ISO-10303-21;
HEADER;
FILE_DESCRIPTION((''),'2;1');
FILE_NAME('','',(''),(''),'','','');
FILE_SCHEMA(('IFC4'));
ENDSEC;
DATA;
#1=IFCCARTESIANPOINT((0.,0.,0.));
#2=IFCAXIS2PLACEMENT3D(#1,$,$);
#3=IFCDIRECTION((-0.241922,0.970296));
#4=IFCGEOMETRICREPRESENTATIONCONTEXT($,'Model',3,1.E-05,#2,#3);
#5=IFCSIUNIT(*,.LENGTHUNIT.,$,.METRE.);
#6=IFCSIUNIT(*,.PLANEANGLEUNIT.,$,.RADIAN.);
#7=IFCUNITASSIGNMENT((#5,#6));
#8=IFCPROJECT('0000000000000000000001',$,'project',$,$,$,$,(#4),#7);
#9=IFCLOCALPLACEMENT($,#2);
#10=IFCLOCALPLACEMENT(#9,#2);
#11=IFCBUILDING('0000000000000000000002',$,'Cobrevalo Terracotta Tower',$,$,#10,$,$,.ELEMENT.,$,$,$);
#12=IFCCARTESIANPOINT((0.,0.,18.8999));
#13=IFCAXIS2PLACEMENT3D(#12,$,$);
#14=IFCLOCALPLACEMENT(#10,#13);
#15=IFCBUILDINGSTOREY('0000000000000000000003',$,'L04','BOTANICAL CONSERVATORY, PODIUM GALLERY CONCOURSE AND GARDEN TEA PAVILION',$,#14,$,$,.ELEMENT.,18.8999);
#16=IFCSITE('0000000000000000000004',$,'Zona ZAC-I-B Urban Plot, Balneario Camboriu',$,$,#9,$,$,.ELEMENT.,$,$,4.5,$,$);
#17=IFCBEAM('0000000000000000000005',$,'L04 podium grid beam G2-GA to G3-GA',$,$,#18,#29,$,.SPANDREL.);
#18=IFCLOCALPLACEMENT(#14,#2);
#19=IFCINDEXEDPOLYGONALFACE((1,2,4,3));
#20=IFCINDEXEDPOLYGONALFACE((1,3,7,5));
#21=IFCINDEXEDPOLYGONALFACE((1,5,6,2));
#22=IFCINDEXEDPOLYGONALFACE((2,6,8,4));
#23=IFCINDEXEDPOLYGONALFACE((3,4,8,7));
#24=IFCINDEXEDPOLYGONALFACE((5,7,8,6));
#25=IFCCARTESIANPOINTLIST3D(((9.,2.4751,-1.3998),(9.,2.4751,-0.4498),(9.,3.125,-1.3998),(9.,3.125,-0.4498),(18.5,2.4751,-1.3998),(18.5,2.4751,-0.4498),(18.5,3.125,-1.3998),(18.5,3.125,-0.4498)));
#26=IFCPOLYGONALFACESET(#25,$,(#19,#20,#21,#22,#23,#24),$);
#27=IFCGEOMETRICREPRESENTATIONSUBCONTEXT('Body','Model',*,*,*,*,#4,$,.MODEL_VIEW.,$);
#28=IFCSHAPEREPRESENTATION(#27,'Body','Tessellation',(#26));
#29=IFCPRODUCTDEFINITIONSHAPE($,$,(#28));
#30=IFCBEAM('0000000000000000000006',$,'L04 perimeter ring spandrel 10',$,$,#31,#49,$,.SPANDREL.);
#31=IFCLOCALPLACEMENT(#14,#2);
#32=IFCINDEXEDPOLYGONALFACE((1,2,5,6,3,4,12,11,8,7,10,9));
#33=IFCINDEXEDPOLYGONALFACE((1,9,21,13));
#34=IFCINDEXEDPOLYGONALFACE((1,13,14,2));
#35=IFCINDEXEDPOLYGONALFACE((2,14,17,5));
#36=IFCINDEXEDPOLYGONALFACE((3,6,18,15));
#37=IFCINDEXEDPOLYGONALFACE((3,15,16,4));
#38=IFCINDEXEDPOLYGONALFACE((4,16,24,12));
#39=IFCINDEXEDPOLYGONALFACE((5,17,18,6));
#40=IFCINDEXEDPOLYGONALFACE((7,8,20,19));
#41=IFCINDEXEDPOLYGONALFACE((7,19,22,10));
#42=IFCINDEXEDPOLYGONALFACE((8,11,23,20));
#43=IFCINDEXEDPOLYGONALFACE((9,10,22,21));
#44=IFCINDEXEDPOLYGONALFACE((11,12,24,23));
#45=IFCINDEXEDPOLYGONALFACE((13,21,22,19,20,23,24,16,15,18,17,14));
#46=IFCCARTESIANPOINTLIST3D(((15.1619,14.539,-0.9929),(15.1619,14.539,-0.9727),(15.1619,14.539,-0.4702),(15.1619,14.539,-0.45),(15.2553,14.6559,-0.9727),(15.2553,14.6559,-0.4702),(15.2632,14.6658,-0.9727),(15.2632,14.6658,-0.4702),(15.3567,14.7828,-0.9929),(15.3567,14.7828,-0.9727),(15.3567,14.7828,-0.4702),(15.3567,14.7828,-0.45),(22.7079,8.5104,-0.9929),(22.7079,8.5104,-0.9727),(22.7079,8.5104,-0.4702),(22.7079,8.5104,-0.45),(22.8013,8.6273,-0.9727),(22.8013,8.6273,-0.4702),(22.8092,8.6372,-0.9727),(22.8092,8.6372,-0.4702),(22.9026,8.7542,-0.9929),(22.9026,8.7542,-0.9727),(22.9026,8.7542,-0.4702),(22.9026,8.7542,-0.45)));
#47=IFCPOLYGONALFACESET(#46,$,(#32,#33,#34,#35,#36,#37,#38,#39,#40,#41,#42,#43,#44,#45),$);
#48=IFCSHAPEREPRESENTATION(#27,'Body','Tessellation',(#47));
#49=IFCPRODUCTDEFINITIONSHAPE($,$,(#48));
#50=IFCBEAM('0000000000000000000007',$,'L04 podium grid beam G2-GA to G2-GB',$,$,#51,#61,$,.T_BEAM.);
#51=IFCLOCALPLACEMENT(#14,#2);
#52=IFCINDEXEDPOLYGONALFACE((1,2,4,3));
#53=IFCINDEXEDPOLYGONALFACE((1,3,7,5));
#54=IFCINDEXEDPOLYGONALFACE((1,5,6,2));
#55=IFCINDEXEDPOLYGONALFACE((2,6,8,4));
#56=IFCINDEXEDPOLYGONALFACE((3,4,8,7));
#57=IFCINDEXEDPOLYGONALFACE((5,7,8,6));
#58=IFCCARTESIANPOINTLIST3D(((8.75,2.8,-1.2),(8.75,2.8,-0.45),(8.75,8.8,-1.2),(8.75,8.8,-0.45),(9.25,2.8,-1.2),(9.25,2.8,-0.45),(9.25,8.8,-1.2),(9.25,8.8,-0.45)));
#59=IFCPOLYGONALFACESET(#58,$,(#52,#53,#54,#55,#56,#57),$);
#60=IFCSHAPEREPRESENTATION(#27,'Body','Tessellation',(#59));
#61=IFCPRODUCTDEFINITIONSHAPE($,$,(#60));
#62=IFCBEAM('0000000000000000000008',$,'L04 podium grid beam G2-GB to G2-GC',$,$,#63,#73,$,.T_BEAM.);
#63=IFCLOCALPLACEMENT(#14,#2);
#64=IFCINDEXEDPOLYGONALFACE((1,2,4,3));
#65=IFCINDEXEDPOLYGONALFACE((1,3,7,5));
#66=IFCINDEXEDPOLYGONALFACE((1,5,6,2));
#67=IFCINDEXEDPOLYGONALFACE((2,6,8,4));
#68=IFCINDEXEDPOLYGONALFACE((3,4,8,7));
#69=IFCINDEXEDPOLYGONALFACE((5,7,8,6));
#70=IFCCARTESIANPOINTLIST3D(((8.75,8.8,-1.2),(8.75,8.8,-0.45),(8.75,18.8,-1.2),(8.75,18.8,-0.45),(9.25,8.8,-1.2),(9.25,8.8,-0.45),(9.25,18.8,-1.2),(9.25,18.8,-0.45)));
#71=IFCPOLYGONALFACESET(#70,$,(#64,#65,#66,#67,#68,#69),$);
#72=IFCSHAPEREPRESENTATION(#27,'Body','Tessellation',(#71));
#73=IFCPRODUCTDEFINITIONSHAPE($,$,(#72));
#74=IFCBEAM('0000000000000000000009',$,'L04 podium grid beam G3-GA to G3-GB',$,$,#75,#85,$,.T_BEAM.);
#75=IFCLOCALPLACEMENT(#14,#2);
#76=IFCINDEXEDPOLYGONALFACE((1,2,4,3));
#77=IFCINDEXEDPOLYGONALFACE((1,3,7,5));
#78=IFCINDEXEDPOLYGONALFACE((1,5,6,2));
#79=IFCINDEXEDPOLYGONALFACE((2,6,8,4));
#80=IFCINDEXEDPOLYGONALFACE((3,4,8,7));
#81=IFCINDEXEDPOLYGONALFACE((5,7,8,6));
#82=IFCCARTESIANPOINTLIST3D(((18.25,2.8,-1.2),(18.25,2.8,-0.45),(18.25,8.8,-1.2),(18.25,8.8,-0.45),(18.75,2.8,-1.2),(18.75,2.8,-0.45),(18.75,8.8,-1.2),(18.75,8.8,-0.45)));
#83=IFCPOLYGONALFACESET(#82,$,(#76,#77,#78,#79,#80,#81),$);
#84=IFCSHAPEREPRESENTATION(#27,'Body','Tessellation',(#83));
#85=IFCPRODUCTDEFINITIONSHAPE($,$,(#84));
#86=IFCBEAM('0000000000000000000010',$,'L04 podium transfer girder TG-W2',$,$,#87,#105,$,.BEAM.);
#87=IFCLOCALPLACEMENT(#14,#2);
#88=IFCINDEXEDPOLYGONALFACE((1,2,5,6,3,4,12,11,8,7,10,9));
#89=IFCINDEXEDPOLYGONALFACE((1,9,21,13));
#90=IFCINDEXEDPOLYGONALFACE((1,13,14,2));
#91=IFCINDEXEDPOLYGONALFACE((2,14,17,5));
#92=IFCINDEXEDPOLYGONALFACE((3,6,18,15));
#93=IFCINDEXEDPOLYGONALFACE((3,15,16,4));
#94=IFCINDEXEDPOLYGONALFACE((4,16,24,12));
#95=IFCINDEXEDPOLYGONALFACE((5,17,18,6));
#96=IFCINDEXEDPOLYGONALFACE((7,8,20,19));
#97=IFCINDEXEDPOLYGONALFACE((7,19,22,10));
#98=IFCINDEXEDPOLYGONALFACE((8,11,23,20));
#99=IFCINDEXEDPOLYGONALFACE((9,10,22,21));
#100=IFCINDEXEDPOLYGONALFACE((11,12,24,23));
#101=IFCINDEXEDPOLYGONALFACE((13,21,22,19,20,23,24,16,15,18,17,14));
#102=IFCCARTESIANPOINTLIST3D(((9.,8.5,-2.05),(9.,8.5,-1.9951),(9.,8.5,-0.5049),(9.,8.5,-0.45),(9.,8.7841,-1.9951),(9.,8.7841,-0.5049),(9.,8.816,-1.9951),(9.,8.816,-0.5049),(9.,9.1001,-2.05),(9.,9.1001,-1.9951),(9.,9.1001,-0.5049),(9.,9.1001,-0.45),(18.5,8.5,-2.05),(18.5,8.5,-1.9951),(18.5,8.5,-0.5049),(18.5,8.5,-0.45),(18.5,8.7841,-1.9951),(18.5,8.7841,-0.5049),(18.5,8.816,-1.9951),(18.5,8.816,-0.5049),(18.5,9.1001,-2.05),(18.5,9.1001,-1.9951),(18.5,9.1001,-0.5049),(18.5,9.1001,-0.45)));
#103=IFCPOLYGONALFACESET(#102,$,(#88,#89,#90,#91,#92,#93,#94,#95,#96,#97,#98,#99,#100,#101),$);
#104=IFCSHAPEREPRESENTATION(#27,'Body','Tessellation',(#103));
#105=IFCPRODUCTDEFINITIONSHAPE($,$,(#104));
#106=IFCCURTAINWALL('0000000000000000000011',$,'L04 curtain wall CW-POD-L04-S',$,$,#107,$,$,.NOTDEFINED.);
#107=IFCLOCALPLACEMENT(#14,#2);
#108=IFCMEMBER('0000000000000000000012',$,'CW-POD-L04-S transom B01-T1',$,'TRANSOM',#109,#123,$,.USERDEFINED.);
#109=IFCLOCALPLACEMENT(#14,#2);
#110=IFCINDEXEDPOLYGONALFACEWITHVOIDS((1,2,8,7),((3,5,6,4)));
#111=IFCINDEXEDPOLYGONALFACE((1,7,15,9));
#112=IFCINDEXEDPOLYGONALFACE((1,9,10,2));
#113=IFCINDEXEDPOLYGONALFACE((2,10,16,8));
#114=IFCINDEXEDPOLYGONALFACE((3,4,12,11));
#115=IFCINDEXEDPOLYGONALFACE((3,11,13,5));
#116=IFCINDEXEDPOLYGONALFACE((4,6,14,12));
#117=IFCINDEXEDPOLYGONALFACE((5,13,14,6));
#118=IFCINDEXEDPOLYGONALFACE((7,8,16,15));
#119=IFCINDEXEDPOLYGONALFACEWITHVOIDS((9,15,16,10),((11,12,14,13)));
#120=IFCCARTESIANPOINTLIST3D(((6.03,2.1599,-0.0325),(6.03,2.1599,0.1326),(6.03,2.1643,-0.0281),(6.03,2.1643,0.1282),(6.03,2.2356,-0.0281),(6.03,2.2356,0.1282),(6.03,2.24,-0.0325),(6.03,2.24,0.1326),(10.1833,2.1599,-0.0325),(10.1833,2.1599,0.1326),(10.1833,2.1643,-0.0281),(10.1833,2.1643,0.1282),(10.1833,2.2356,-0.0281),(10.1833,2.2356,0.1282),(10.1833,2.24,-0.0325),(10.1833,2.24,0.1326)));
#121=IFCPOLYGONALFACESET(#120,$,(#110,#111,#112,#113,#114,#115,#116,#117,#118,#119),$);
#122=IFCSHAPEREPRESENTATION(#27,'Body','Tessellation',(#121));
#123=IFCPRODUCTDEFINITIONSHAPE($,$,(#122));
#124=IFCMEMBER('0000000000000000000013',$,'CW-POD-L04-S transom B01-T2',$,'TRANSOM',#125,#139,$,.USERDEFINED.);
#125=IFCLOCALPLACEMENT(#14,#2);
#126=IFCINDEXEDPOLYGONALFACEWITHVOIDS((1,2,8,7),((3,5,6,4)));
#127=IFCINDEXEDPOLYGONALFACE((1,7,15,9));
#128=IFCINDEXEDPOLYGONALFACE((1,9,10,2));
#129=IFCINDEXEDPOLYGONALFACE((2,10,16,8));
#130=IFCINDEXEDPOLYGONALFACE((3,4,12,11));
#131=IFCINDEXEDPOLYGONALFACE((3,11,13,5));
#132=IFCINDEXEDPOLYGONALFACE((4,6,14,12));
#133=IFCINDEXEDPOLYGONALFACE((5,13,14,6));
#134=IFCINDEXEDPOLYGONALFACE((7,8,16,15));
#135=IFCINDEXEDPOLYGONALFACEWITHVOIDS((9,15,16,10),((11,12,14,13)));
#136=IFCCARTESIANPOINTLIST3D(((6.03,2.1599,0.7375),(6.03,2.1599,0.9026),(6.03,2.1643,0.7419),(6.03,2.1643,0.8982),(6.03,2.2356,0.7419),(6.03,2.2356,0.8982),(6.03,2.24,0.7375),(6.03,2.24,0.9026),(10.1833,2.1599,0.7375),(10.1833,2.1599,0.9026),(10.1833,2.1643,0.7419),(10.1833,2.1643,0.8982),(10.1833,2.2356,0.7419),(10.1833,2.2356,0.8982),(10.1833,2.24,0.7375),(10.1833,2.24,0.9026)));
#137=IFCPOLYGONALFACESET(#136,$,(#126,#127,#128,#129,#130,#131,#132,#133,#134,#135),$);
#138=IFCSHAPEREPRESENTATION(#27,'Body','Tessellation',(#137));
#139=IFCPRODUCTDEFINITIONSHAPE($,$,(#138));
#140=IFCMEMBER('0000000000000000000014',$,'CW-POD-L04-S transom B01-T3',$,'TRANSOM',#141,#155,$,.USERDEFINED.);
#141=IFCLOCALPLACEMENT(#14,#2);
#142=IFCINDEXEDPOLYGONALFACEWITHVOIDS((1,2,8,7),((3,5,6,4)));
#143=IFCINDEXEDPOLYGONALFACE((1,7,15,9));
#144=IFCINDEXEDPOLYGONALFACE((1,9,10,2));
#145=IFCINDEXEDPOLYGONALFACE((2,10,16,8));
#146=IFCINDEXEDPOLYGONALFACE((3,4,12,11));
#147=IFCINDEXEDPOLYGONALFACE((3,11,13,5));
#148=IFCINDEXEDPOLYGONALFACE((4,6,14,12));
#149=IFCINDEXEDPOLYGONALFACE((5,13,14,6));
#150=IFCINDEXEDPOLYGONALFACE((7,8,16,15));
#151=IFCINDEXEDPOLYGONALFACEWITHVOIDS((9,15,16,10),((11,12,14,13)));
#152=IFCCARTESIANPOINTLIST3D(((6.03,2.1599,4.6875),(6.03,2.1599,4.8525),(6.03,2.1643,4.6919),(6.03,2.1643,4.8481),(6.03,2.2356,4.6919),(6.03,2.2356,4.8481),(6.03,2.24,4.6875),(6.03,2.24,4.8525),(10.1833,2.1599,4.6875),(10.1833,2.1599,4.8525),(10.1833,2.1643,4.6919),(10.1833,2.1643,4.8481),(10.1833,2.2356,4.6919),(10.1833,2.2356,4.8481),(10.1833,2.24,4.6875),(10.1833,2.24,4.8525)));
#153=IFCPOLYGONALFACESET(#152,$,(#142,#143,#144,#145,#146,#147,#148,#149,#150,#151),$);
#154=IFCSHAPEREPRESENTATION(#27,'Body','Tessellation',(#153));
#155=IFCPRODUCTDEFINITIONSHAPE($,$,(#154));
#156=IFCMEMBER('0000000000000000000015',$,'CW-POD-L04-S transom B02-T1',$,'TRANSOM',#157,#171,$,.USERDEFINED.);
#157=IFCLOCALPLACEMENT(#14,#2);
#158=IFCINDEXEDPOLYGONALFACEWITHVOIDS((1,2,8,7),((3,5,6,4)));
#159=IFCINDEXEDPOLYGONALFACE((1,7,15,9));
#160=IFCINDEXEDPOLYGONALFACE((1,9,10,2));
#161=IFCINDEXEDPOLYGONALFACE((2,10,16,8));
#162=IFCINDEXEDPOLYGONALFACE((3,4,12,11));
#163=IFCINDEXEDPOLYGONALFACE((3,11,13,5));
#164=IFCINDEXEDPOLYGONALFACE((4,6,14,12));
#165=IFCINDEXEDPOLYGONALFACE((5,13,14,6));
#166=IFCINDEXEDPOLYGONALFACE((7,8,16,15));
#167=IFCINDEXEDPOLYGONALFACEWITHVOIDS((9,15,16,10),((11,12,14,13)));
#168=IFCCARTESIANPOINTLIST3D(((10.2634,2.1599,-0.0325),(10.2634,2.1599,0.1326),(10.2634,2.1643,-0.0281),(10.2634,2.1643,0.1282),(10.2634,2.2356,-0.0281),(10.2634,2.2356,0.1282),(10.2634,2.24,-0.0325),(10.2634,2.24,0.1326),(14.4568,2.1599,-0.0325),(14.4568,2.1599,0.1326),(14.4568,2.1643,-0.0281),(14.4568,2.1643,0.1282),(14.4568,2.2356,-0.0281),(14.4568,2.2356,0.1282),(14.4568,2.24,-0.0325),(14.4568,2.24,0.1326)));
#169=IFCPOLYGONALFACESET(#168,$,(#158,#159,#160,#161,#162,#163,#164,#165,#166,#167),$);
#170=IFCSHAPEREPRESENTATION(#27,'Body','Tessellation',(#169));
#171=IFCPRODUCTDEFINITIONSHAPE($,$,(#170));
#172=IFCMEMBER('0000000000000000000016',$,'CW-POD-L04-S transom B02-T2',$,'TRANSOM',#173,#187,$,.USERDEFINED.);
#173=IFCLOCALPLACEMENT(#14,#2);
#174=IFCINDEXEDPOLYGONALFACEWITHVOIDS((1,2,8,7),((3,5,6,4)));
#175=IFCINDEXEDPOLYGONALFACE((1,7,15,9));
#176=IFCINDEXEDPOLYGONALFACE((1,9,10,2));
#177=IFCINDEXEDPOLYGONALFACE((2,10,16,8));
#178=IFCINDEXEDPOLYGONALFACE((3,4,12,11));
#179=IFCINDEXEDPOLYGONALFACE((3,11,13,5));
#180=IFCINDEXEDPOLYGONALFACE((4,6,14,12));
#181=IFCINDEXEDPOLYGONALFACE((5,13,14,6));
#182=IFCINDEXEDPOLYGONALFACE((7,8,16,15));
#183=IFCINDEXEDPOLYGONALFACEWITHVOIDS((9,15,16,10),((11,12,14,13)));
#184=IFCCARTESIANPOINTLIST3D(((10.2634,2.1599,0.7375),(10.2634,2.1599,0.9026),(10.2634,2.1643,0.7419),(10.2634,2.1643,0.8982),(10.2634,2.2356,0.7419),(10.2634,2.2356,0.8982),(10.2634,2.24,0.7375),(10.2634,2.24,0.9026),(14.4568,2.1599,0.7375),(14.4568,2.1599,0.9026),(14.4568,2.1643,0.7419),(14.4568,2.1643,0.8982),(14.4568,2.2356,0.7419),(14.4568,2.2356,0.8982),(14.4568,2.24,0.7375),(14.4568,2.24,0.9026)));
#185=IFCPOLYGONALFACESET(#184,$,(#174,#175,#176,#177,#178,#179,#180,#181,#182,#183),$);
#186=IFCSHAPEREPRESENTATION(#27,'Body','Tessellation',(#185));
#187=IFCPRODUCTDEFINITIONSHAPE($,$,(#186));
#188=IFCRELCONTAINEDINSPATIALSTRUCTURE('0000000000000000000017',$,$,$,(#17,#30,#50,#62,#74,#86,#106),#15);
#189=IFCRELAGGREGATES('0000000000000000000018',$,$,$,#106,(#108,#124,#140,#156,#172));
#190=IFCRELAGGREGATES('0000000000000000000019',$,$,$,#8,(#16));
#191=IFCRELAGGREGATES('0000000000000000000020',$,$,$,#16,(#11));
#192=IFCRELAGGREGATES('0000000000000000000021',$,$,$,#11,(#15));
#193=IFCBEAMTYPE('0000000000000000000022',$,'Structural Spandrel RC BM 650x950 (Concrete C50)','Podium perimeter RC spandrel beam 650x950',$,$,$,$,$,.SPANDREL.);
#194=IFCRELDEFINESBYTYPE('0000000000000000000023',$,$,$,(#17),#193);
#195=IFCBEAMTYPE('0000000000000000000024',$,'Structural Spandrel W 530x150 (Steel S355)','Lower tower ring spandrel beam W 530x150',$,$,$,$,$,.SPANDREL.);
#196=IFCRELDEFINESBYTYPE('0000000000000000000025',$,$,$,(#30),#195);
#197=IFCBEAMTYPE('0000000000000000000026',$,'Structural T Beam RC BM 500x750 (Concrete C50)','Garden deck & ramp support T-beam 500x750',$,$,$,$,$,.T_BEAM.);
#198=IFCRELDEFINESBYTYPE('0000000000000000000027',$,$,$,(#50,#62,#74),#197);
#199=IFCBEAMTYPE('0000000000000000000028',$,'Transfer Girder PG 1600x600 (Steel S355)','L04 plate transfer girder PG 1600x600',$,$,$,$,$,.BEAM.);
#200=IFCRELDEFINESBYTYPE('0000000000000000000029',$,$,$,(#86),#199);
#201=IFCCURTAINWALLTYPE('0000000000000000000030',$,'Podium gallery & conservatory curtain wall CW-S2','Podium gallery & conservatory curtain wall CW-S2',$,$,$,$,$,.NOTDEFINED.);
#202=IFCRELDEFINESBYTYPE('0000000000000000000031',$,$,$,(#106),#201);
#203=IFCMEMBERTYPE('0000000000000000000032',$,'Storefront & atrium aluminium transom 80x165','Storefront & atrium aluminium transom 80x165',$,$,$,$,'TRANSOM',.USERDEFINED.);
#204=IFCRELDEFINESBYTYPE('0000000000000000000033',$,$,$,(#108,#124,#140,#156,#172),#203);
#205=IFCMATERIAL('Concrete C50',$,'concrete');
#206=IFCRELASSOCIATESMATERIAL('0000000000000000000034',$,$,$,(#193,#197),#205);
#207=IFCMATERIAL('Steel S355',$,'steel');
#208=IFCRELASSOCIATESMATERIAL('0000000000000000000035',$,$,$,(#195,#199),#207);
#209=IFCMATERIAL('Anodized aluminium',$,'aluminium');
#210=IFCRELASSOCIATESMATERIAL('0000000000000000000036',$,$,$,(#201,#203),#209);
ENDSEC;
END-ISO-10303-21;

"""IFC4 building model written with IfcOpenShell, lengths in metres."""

from ifc_helpers import new_model, si_unit, direction, frame, origin, origin_2d, place, context, subcontext, project, spatial, rectangle, hollow_rectangle, i_section, extrude, source, transform, mapped, material, material_profile, profile_set, type_object, element, aggregate, save


model = new_model("IFC4")

# Units and contexts
model_context = context("Model", 3, precision=1e-05, world=origin(), true_north=direction((-0.241922, 0.970296)))
body_context = subcontext(model_context, "Body", "Model", "MODEL_VIEW")
ifc_project = project(units=[si_unit("LENGTHUNIT", "METRE"), si_unit("PLANEANGLEUNIT", "RADIAN")], contexts=[model_context])

# Site, building, storey
site_placement = place(None, origin())
site = spatial("IfcSite", under=ifc_project, at=site_placement, Name="Zona ZAC-I-B Urban Plot, Balneario Camboriu", CompositionType="ELEMENT", RefElevation=4.5)
building_placement = place(site_placement, origin())
building = spatial("IfcBuilding", under=site, at=building_placement, Name="Cobrevalo Terracotta Tower", CompositionType="ELEMENT")
storey_placement = place(building_placement, frame((0.0, 0.0, 18.8999)))
storey = spatial("IfcBuildingStorey", under=building, at=storey_placement, Name="L04", Description="BOTANICAL CONSERVATORY, PODIUM GALLERY CONCOURSE AND GARDEN TEA PAVILION", CompositionType="ELEMENT", Elevation=18.8999)

# Shared definitions
ifc_material_1 = material(Name="Steel S355", Category="steel")
ifc_material_2 = material(Name="Concrete C50", Category="concrete")

# Beams
ifc_material_profile_1 = material_profile(ifc_material_2, rectangle(XDim=0.6499, YDim=0.95, at=origin_2d()), Name="RC BM 650x950")
ifc_profile_set_1 = profile_set([ifc_material_profile_1], Name="Concrete C50")
beam_type_1 = type_object("IfcBeamType", Name="Structural Spandrel RC BM 650x950 (Concrete C50)", Description="Podium perimeter RC spandrel beam 650x950", PredefinedType="SPANDREL", material=ifc_profile_set_1)
beam_1_placement = place(storey_placement, frame((9.0, 2.8, -0.9248), z_axis=(1.0, 0.0, 0.0), x_axis=(0.0, 1.0, 0.0)))
element("IfcBeam", 1, at=beam_1_placement, inside=storey, type_object=beam_type_1, Name="L04 podium grid beam G2-GA to G3-GA", PredefinedType="SPANDREL", context=body_context, shape_type="SweptSolid", body=[
    extrude(rectangle(XDim=0.6499, YDim=0.95, at=origin_2d()), origin(), (0.0, 0.0, 1.0), 9.5),
])
ifc_material_profile_2 = material_profile(ifc_material_1, i_section(OverallWidth=0.312, OverallDepth=0.543, WebThickness=0.0127, FlangeThickness=0.0203, at=origin_2d()), Name="W 530x150")
ifc_profile_set_2 = profile_set([ifc_material_profile_2], Name="Steel S355")
beam_type_2 = type_object("IfcBeamType", Name="Structural Spandrel W 530x150 (Steel S355)", Description="Lower tower ring spandrel beam W 530x150", PredefinedType="SPANDREL", material=ifc_profile_set_2)
beam_2_placement = place(storey_placement, frame((15.2593, 14.6609, -0.7214), z_axis=(0.78128, -0.62418, 0.0), x_axis=(0.62418, 0.78128, 0.0)))
element("IfcBeam", 2, at=beam_2_placement, inside=storey, type_object=beam_type_2, Name="L04 perimeter ring spandrel 10", PredefinedType="SPANDREL", context=body_context, shape_type="SweptSolid", body=[
    extrude(i_section(OverallWidth=0.312, OverallDepth=0.543, WebThickness=0.0127, FlangeThickness=0.0203, at=origin_2d()), origin(), (0.0, 0.0, 1.0), 9.6584),
])
ifc_material_profile_3 = material_profile(ifc_material_2, rectangle(XDim=0.5, YDim=0.75, at=origin_2d()), Name="RC BM 500x750")
ifc_profile_set_3 = profile_set([ifc_material_profile_3], Name="Concrete C50")
beam_type_3 = type_object("IfcBeamType", Name="Structural T Beam RC BM 500x750 (Concrete C50)", Description="Garden deck & ramp support T-beam 500x750", PredefinedType="T_BEAM", material=ifc_profile_set_3)
beam_3_placement = place(storey_placement, frame((9.0, 2.8, -0.825), z_axis=(0.0, 1.0, 0.0), x_axis=(-1.0, 0.0, 0.0)))
element("IfcBeam", 3, at=beam_3_placement, inside=storey, type_object=beam_type_3, Name="L04 podium grid beam G2-GA to G2-GB", PredefinedType="T_BEAM", context=body_context, shape_type="SweptSolid", body=[
    extrude(rectangle(XDim=0.5, YDim=0.75, at=origin_2d()), origin(), (0.0, 0.0, 1.0), 6.0),
])
beam_4_placement = place(storey_placement, frame((9.0, 8.8, -0.825), z_axis=(0.0, 1.0, 0.0), x_axis=(-1.0, 0.0, 0.0)))
element("IfcBeam", 4, at=beam_4_placement, inside=storey, type_object=beam_type_3, Name="L04 podium grid beam G2-GB to G2-GC", PredefinedType="T_BEAM", context=body_context, shape_type="SweptSolid", body=[
    extrude(rectangle(XDim=0.5, YDim=0.75, at=origin_2d()), origin(), (0.0, 0.0, 1.0), 10.0),
])
beam_5_placement = place(storey_placement, frame((18.5, 2.8, -0.825), z_axis=(0.0, 1.0, 0.0), x_axis=(-1.0, 0.0, 0.0)))
element("IfcBeam", 5, at=beam_5_placement, inside=storey, type_object=beam_type_3, Name="L04 podium grid beam G3-GA to G3-GB", PredefinedType="T_BEAM", context=body_context, shape_type="SweptSolid", body=[
    extrude(rectangle(XDim=0.5, YDim=0.75, at=origin_2d()), origin(), (0.0, 0.0, 1.0), 6.0),
])
ifc_material_profile_4 = material_profile(ifc_material_1, i_section(OverallWidth=0.6001, OverallDepth=1.6001, WebThickness=0.032, FlangeThickness=0.0549, at=origin_2d()), Name="PG 1600x600")
ifc_profile_set_4 = profile_set([ifc_material_profile_4], Name="Steel S355")
beam_type_4 = type_object("IfcBeamType", Name="Transfer Girder PG 1600x600 (Steel S355)", Description="L04 plate transfer girder PG 1600x600", PredefinedType="BEAM", material=ifc_profile_set_4)
beam_6_placement = place(storey_placement, frame((9.0, 8.8, -1.25), z_axis=(1.0, 0.0, 0.0), x_axis=(0.0, 1.0, 0.0)))
element("IfcBeam", 6, at=beam_6_placement, inside=storey, type_object=beam_type_4, Name="L04 podium transfer girder TG-W2", PredefinedType="BEAM", context=body_context, shape_type="SweptSolid", body=[
    extrude(i_section(OverallWidth=0.6001, OverallDepth=1.6001, WebThickness=0.032, FlangeThickness=0.0549, at=origin_2d()), origin(), (0.0, 0.0, 1.0), 9.5),
])

# Curtain wall, members
ifc_material_3 = material(Name="Anodized aluminium", Category="aluminium")
curtain_wall_type = type_object("IfcCurtainWallType", Name="Podium gallery & conservatory curtain wall CW-S2", Description="Podium gallery & conservatory curtain wall CW-S2", PredefinedType="NOTDEFINED", material=ifc_material_3)
curtain_wall_placement = place(storey_placement, origin())
curtain_wall = element("IfcCurtainWall", 7, at=curtain_wall_placement, inside=storey, type_object=curtain_wall_type, Name="L04 curtain wall CW-POD-L04-S", PredefinedType="NOTDEFINED")
ifc_material_profile_5 = material_profile(ifc_material_3, hollow_rectangle(XDim=0.0801, YDim=0.165, WallThickness=0.0044, at=origin_2d()), Name="CWT 80x165")
ifc_profile_set_5 = profile_set([ifc_material_profile_5], Name="Anodized aluminium")
member_type_1 = type_object("IfcMemberType", Name="Storefront & atrium aluminium transom 80x165", Description="Storefront & atrium aluminium transom 80x165", ElementType="TRANSOM", PredefinedType="USERDEFINED", material=ifc_profile_set_5)
shared_shape_1 = source(origin(), body_context, "Body", "SweptSolid", [
    extrude(hollow_rectangle(XDim=0.0801, YDim=0.165, WallThickness=0.0044, at=origin_2d()), origin(), (0.0, 0.0, 1.0), 4.1533),
])
member_1_placement = place(storey_placement, frame((6.03, 2.2, 0.05), z_axis=(1.0, 0.0, 0.0), x_axis=(0.0, 1.0, 0.0)))
member_1 = element("IfcMember", 8, at=member_1_placement, type_object=member_type_1, Name="CW-POD-L04-S transom B01-T1", ObjectType="TRANSOM", PredefinedType="USERDEFINED", context=body_context, shape_type="MappedRepresentation", body=[
    mapped(shared_shape_1, transform((0.0, 0.0, 0.0), scale=1.0)),
])
member_2_placement = place(storey_placement, frame((6.03, 2.2, 0.8201), z_axis=(1.0, 0.0, 0.0), x_axis=(0.0, 1.0, 0.0)))
member_2 = element("IfcMember", 9, at=member_2_placement, type_object=member_type_1, Name="CW-POD-L04-S transom B01-T2", ObjectType="TRANSOM", PredefinedType="USERDEFINED", context=body_context, shape_type="MappedRepresentation", body=[
    mapped(shared_shape_1, transform((0.0, 0.0, 0.0), scale=1.0)),
])
member_3_placement = place(storey_placement, frame((6.03, 2.2, 4.77), z_axis=(1.0, 0.0, 0.0), x_axis=(0.0, 1.0, 0.0)))
member_3 = element("IfcMember", 10, at=member_3_placement, type_object=member_type_1, Name="CW-POD-L04-S transom B01-T3", ObjectType="TRANSOM", PredefinedType="USERDEFINED", context=body_context, shape_type="MappedRepresentation", body=[
    mapped(shared_shape_1, transform((0.0, 0.0, 0.0), scale=1.0)),
])
shared_shape_2 = source(origin(), body_context, "Body", "SweptSolid", [
    extrude(hollow_rectangle(XDim=0.0801, YDim=0.165, WallThickness=0.0044, at=origin_2d()), origin(), (0.0, 0.0, 1.0), 4.1934),
])
member_4_placement = place(storey_placement, frame((10.2634, 2.2, 0.05), z_axis=(1.0, 0.0, 0.0), x_axis=(0.0, 1.0, 0.0)))
member_4 = element("IfcMember", 11, at=member_4_placement, type_object=member_type_1, Name="CW-POD-L04-S transom B02-T1", ObjectType="TRANSOM", PredefinedType="USERDEFINED", context=body_context, shape_type="MappedRepresentation", body=[
    mapped(shared_shape_2, transform((0.0, 0.0, 0.0), scale=1.0)),
])
member_5_placement = place(storey_placement, frame((10.2634, 2.2, 0.8201), z_axis=(1.0, 0.0, 0.0), x_axis=(0.0, 1.0, 0.0)))
member_5 = element("IfcMember", 12, at=member_5_placement, type_object=member_type_1, Name="CW-POD-L04-S transom B02-T2", ObjectType="TRANSOM", PredefinedType="USERDEFINED", context=body_context, shape_type="MappedRepresentation", body=[
    mapped(shared_shape_2, transform((0.0, 0.0, 0.0), scale=1.0)),
])
aggregate(curtain_wall, [member_1, member_2, member_3, member_4, member_5])

save(model, "model.ifc")
